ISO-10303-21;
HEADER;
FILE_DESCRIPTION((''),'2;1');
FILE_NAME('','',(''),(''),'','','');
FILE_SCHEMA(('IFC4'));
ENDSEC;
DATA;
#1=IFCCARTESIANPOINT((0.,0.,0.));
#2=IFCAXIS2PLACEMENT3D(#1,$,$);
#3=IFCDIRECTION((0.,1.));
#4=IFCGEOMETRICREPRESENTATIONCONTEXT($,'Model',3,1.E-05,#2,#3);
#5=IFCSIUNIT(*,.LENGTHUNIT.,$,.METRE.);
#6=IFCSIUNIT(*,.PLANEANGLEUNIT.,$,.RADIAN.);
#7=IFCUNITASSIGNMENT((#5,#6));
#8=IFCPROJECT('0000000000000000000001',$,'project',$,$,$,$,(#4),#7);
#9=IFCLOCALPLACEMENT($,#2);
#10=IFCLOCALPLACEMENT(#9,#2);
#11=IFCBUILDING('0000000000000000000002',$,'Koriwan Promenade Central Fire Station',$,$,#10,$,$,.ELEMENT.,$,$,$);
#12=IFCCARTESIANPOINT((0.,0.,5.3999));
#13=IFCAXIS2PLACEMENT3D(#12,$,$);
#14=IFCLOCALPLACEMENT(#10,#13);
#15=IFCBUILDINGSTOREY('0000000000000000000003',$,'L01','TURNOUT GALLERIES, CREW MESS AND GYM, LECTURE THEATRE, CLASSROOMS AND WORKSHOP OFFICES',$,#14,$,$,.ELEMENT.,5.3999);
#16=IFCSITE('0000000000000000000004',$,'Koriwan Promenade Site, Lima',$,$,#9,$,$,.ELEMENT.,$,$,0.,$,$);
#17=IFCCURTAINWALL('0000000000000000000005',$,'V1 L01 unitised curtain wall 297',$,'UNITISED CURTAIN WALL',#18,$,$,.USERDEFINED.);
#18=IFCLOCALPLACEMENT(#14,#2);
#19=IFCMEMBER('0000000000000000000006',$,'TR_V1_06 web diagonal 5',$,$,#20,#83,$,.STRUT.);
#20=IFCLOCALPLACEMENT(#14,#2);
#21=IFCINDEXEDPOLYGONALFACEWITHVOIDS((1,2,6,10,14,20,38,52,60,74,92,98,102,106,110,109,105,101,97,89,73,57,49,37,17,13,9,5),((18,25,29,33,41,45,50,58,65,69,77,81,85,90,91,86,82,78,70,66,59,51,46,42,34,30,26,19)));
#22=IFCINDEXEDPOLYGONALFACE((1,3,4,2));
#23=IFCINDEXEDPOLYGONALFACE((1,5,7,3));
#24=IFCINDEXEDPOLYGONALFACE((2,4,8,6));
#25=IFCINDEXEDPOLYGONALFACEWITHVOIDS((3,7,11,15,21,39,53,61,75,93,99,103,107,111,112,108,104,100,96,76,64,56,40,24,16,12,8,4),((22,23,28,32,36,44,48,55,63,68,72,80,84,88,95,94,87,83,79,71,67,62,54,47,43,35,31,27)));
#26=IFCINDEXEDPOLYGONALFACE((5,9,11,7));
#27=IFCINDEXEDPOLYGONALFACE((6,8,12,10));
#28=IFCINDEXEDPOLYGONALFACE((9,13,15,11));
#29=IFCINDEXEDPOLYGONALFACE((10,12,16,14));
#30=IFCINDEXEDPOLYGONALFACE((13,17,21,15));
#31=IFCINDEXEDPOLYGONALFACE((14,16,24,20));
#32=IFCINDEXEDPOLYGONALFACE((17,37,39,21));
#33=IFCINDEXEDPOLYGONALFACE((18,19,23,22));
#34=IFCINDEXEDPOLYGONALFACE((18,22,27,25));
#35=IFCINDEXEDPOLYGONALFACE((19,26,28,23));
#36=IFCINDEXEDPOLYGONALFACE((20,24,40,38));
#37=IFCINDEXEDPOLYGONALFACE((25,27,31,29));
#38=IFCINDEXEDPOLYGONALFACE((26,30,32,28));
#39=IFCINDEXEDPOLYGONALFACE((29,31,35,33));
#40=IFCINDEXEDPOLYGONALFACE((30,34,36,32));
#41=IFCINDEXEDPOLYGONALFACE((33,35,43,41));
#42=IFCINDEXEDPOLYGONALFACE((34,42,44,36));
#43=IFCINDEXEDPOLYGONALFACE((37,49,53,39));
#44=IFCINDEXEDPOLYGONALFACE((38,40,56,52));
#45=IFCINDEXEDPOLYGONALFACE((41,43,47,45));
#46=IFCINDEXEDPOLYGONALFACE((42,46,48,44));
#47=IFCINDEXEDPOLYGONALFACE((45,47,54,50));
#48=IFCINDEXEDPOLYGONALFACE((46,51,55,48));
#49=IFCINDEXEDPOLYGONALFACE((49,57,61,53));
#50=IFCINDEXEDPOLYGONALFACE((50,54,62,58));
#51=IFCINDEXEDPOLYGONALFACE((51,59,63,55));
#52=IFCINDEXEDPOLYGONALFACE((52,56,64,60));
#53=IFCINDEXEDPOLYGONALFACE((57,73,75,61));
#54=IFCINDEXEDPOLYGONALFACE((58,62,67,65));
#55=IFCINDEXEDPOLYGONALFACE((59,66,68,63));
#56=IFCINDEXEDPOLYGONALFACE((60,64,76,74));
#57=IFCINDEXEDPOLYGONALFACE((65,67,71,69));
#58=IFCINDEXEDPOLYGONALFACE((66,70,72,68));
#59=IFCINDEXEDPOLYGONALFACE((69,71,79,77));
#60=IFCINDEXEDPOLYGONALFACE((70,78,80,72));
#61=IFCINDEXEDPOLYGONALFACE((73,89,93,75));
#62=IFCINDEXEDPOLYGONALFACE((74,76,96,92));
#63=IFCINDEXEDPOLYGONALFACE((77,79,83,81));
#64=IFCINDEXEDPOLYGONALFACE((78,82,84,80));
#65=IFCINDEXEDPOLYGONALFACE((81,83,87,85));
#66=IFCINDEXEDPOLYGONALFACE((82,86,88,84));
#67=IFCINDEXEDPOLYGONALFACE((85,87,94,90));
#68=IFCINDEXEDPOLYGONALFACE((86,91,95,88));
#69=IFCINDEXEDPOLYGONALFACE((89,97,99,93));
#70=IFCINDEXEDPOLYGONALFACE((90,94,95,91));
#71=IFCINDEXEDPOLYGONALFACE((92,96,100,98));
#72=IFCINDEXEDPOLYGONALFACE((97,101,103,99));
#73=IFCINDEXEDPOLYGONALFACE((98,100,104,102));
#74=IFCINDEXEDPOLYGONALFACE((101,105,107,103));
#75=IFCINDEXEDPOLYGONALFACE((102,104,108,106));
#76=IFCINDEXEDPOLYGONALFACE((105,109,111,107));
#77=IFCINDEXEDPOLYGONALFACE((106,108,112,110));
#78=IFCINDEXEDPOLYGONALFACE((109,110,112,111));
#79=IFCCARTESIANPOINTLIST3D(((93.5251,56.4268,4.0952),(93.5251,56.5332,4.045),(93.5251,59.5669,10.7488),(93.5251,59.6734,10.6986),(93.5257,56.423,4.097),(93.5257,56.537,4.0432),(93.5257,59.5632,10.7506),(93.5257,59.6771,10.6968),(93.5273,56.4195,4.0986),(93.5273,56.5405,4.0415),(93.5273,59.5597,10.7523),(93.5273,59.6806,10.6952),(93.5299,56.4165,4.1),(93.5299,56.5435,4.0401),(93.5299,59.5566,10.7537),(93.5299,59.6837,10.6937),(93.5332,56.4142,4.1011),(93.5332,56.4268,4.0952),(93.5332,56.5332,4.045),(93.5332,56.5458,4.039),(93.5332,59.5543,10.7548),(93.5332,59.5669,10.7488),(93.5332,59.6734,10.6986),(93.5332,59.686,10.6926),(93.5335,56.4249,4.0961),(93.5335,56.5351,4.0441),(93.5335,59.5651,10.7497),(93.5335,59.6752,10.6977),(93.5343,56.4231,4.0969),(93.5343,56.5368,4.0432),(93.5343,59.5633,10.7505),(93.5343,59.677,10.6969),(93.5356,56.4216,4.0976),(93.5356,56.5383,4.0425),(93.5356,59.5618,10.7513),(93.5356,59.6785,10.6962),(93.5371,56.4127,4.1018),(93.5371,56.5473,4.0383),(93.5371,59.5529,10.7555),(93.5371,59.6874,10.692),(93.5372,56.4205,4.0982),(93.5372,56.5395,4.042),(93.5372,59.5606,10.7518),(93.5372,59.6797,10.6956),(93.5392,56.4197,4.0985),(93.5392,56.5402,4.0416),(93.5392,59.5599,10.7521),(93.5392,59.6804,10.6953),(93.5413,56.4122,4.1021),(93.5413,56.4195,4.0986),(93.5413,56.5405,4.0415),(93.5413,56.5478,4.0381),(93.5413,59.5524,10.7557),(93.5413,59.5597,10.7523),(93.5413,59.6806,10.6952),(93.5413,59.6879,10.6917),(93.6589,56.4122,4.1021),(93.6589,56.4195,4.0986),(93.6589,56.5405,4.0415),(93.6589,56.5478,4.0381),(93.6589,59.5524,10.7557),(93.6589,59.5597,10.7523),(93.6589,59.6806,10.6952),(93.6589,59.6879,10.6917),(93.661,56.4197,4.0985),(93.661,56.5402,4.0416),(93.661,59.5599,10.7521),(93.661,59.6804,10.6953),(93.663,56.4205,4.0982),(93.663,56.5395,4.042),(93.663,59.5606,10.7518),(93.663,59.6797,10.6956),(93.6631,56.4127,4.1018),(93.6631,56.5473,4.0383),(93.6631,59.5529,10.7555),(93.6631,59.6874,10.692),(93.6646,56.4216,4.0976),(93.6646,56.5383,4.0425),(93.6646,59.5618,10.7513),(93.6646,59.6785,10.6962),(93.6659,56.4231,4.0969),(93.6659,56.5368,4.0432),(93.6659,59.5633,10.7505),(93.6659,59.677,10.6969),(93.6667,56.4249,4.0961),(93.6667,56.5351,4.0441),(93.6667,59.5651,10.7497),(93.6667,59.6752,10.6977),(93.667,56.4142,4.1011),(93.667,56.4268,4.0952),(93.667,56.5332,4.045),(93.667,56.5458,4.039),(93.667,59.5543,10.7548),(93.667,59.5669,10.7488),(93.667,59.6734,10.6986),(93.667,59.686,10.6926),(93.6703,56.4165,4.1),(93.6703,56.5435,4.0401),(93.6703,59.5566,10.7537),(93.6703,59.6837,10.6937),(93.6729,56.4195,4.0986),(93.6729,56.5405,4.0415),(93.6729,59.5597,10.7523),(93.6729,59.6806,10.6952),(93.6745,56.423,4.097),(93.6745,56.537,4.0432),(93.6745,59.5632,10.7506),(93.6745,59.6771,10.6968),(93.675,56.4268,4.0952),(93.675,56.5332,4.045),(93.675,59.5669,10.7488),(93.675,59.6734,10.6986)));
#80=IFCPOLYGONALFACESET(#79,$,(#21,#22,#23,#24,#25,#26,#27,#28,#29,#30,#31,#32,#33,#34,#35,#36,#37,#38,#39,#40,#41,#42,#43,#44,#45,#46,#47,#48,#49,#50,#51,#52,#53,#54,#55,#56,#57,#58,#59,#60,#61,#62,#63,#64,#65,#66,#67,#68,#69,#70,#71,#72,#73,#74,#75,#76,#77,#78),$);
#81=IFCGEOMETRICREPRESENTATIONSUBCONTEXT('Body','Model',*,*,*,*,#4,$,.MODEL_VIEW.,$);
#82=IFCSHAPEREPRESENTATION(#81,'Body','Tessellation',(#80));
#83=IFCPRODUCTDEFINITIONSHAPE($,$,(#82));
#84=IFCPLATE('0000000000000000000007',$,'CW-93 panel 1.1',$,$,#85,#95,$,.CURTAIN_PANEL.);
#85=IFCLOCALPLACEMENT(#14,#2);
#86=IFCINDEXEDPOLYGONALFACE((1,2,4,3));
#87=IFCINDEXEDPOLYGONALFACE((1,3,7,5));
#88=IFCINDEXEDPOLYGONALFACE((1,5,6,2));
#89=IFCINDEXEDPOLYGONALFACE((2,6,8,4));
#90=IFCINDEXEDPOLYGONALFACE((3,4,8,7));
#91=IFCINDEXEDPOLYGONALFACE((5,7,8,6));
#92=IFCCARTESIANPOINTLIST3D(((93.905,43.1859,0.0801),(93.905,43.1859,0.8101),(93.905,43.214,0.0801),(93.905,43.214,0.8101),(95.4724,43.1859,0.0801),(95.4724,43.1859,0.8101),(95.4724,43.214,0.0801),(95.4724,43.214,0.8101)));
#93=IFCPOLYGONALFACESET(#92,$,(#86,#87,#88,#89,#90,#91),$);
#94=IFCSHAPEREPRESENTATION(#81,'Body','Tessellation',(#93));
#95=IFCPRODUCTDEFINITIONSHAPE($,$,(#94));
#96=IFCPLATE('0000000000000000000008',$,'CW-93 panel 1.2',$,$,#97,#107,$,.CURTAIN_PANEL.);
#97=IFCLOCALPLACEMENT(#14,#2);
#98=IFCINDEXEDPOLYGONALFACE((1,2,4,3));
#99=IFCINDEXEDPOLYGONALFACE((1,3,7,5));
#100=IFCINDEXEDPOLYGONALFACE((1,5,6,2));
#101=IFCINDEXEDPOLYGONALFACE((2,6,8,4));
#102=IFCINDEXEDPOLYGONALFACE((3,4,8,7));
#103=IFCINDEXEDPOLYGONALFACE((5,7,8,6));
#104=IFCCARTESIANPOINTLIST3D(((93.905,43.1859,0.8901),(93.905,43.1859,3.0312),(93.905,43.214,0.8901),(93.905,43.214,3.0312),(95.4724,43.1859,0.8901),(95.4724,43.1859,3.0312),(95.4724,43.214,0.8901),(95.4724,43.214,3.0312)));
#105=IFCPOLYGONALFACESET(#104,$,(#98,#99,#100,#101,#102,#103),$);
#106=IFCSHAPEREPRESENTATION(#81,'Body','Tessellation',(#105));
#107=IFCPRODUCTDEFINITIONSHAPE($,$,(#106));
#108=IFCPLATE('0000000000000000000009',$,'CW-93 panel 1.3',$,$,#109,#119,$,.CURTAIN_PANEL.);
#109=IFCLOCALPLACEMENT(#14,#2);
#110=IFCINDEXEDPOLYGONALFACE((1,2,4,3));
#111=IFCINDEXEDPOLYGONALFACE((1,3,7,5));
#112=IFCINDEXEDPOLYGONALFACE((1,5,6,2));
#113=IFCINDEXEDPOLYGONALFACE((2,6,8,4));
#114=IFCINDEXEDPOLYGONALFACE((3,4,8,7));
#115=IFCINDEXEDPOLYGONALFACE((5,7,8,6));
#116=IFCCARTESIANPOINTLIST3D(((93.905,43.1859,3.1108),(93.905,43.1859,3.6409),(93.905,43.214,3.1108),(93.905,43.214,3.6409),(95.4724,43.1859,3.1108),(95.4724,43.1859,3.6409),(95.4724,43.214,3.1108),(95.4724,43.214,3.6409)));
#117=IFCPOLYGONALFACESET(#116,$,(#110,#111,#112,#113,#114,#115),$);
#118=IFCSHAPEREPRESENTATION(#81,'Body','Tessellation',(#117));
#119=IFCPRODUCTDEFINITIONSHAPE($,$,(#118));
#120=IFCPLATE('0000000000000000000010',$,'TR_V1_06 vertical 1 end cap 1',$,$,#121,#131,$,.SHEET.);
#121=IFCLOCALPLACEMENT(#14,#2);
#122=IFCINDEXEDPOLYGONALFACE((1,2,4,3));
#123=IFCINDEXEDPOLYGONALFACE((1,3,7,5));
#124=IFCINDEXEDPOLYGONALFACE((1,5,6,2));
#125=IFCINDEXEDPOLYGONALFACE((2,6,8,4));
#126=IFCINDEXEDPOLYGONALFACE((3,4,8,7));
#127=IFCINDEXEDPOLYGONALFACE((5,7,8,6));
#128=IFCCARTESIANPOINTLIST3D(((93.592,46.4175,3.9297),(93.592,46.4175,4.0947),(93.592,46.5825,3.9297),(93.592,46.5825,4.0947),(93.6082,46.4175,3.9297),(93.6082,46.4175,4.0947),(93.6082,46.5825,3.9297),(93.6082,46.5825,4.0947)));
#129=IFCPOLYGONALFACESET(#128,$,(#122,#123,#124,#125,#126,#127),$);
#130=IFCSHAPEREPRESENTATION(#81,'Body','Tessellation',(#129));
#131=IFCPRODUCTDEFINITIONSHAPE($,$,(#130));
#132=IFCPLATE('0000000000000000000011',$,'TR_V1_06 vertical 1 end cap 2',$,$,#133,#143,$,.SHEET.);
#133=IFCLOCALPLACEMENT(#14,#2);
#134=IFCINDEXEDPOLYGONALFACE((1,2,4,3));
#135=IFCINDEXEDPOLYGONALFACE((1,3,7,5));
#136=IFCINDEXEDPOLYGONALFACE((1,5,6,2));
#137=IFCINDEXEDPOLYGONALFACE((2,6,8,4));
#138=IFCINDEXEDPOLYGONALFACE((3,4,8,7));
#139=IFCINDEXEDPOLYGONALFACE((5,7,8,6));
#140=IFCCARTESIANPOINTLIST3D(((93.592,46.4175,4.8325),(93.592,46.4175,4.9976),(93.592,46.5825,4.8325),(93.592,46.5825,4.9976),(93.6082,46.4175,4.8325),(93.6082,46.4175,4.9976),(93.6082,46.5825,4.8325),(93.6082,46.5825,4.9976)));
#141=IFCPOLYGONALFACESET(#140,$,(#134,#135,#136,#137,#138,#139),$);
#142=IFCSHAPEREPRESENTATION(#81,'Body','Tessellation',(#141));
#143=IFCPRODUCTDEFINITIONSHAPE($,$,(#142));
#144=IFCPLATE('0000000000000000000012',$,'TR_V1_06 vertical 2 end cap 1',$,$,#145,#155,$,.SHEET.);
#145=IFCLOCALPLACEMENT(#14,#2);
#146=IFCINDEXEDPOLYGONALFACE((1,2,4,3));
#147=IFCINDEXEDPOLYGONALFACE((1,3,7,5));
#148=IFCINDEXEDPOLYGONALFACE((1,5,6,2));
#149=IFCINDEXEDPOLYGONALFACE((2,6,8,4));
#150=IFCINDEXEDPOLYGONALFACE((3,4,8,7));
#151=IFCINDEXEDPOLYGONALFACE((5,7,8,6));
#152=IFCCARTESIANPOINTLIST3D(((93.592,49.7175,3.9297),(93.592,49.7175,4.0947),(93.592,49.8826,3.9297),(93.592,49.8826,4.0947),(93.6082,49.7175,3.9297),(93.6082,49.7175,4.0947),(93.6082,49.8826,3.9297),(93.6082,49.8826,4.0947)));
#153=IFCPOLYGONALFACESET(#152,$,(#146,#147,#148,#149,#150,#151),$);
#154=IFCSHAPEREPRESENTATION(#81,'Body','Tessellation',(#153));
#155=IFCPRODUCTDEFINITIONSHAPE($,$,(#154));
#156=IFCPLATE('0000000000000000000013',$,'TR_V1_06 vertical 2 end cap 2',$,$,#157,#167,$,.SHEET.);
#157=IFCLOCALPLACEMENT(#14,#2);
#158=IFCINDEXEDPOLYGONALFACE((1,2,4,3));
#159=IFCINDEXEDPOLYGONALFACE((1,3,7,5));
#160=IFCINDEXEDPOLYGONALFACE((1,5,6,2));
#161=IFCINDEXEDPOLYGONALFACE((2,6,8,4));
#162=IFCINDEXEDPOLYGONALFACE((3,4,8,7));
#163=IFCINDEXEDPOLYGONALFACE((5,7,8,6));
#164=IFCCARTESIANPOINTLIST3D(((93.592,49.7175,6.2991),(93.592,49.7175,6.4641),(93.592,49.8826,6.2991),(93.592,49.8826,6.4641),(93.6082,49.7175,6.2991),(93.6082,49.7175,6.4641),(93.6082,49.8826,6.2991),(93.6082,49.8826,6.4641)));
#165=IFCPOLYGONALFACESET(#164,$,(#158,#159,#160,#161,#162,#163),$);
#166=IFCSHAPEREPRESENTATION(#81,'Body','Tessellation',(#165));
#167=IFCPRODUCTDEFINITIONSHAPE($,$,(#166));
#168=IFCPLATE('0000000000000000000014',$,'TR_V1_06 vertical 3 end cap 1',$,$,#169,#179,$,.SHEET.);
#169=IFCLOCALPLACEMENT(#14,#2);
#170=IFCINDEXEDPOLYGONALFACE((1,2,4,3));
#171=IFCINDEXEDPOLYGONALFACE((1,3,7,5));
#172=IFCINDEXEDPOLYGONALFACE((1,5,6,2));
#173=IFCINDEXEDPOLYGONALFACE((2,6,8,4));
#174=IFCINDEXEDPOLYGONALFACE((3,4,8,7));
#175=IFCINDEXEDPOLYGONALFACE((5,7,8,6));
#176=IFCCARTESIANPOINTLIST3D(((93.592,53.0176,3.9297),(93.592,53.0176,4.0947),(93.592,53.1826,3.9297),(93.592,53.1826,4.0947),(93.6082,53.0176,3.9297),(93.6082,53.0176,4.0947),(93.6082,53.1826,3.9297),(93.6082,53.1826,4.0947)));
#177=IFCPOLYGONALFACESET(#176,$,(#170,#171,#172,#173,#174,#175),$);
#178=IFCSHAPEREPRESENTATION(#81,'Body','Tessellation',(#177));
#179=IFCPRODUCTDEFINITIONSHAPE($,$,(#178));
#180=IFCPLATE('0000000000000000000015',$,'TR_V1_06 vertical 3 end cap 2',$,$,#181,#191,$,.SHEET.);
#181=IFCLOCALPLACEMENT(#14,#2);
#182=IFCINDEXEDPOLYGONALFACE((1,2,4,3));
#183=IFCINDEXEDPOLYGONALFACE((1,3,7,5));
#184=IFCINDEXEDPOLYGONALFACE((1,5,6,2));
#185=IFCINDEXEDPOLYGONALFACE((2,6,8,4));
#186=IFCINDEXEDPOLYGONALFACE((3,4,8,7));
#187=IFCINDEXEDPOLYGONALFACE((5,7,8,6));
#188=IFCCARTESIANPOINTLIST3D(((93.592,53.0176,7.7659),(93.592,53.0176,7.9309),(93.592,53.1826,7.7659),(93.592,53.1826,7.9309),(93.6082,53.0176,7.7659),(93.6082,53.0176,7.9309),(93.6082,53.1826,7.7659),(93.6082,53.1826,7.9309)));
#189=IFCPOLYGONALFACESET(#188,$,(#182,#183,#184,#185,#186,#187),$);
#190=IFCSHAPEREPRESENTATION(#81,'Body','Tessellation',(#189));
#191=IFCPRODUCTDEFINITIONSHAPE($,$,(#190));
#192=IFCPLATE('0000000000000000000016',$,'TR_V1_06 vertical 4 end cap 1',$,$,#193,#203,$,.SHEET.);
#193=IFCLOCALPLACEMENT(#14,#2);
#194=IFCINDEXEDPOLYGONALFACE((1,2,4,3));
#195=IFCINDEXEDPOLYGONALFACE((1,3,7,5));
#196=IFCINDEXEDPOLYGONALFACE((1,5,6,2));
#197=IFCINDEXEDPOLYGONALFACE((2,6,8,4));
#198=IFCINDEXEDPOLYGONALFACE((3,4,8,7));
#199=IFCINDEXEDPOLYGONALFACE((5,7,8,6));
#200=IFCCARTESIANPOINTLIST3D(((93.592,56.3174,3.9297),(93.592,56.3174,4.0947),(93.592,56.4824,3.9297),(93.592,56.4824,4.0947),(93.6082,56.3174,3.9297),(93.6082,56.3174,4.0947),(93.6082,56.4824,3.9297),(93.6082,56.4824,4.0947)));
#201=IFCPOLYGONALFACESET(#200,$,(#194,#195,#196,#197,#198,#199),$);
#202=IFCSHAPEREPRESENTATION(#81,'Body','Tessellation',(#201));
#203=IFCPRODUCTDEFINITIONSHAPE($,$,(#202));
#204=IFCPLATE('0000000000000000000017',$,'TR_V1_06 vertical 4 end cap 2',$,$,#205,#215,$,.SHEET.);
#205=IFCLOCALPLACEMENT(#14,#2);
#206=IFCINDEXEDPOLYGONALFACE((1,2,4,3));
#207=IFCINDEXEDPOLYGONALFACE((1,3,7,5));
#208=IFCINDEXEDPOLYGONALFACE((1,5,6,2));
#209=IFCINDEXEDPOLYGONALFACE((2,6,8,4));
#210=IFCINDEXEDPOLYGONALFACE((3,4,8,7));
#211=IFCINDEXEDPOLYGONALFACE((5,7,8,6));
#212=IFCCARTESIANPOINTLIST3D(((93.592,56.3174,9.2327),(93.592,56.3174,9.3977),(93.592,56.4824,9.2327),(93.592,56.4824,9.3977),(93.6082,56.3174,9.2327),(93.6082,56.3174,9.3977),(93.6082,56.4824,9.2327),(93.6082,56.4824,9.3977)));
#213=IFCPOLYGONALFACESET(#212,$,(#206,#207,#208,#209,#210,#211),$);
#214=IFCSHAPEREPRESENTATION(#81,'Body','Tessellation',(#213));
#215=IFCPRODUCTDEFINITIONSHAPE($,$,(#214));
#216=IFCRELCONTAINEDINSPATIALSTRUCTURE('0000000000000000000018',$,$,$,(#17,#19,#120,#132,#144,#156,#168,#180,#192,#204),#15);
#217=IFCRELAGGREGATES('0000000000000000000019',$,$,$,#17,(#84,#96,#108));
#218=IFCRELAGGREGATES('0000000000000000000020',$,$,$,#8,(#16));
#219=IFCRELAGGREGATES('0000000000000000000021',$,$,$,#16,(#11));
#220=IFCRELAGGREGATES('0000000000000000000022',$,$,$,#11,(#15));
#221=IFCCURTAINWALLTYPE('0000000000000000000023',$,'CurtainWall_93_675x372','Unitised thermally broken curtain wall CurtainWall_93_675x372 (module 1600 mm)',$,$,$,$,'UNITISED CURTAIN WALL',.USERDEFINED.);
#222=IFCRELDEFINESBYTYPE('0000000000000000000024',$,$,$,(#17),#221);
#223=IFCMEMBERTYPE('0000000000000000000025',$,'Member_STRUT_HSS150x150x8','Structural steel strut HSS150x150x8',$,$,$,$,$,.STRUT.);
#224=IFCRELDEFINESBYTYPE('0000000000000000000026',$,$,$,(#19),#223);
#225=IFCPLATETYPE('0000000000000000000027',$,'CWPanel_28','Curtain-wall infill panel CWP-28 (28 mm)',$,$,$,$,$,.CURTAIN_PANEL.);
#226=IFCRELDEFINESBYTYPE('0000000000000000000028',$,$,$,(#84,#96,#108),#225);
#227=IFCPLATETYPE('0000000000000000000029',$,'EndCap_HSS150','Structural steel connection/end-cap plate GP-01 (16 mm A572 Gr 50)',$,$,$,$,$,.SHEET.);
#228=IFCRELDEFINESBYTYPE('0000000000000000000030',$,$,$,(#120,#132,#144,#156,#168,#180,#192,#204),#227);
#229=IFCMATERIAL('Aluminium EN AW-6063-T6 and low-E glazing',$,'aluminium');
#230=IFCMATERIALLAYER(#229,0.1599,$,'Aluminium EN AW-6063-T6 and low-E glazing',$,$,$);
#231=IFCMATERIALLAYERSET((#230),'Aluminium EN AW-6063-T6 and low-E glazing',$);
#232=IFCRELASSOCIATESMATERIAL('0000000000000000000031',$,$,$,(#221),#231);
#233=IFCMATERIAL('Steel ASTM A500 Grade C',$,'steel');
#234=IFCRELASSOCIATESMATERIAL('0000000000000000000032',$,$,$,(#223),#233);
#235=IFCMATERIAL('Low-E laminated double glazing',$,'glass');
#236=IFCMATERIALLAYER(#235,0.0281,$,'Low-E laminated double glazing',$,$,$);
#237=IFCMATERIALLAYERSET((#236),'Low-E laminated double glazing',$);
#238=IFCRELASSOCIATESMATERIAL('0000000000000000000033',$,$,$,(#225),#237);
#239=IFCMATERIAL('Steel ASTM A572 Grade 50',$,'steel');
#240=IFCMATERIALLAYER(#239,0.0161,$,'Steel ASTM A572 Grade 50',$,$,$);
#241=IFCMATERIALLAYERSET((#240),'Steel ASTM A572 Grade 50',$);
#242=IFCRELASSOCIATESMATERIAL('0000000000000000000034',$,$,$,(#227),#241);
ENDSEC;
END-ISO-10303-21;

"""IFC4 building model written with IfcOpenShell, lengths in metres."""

from ifc_helpers import new_model, si_unit, direction, frame, origin, origin_2d, place, context, subcontext, project, spatial, rectangle, hollow_rectangle, extrude, material, layer, layer_set, material_profile, profile_set, type_object, element, aggregate, save


model = new_model("IFC4")

# Units and contexts
model_context = context("Model", 3, precision=1e-05, world=origin(), true_north=direction((0.0, 1.0)))
body_context = subcontext(model_context, "Body", "Model", "MODEL_VIEW")
ifc_project = project(units=[si_unit("LENGTHUNIT", "METRE"), si_unit("PLANEANGLEUNIT", "RADIAN")], contexts=[model_context])

# Site, building, storey
site_placement = place(None, origin())
site = spatial("IfcSite", under=ifc_project, at=site_placement, Name="Koriwan Promenade Site, Lima", CompositionType="ELEMENT", RefElevation=0.0)
building_placement = place(site_placement, origin())
building = spatial("IfcBuilding", under=site, at=building_placement, Name="Koriwan Promenade Central Fire Station", CompositionType="ELEMENT")
storey_placement = place(building_placement, frame((0.0, 0.0, 5.3999)))
storey = spatial("IfcBuildingStorey", under=building, at=storey_placement, Name="L01", Description="TURNOUT GALLERIES, CREW MESS AND GYM, LECTURE THEATRE, CLASSROOMS AND WORKSHOP OFFICES", CompositionType="ELEMENT", Elevation=5.3999)

# Curtain wall
ifc_material_1 = material(Name="Aluminium EN AW-6063-T6 and low-E glazing", Category="aluminium")
ifc_layer_1 = layer(ifc_material_1, 0.1599, Name="Aluminium EN AW-6063-T6 and low-E glazing")
ifc_layer_set_1 = layer_set([ifc_layer_1], Name="Aluminium EN AW-6063-T6 and low-E glazing")
curtain_wall_type = type_object("IfcCurtainWallType", Name="CurtainWall_93_675x372", Description="Unitised thermally broken curtain wall CurtainWall_93_675x372 (module 1600 mm)", ElementType="UNITISED CURTAIN WALL", PredefinedType="USERDEFINED", material=ifc_layer_set_1)
curtain_wall_placement = place(storey_placement, origin())
curtain_wall = element("IfcCurtainWall", 1, at=curtain_wall_placement, inside=storey, type_object=curtain_wall_type, Name="V1 L01 unitised curtain wall 297", ObjectType="UNITISED CURTAIN WALL", PredefinedType="USERDEFINED")

# Member
ifc_material_2 = material(Name="Steel ASTM A500 Grade C", Category="steel")
ifc_material_profile_1 = material_profile(ifc_material_2, hollow_rectangle(XDim=0.1499, YDim=0.1499, WallThickness=0.0081, InnerFilletRadius=0.0081, OuterFilletRadius=0.0161, at=origin_2d()), Name="HSS150x150x8")
ifc_profile_set_1 = profile_set([ifc_material_profile_1], Name="Steel ASTM A500 Grade C")
member_type_1 = type_object("IfcMemberType", Name="Member_STRUT_HSS150x150x8", Description="Structural steel strut HSS150x150x8", PredefinedType="STRUT", material=ifc_profile_set_1)
member_1_placement = place(storey_placement, frame((93.6001, 56.48, 4.0701), z_axis=(0.0, 0.426804, 0.904344), x_axis=(-1.0, 0.0, 0.0)))
element("IfcMember", 2, at=member_1_placement, inside=storey, type_object=member_type_1, Name="TR_V1_06 web diagonal 5", PredefinedType="STRUT", context=body_context, shape_type="SweptSolid", body=[
    extrude(hollow_rectangle(XDim=0.1499, YDim=0.1499, WallThickness=0.0081, InnerFilletRadius=0.0081, OuterFilletRadius=0.0161, at=origin_2d()), origin(), (0.0, 0.0, 1.0), 7.3574),
])

# Plates
ifc_material_3 = material(Name="Low-E laminated double glazing", Category="glass")
ifc_layer_2 = layer(ifc_material_3, 0.0281, Name="Low-E laminated double glazing")
ifc_layer_set_2 = layer_set([ifc_layer_2], Name="Low-E laminated double glazing")
plate_type_1 = type_object("IfcPlateType", Name="CWPanel_28", Description="Curtain-wall infill panel CWP-28 (28 mm)", PredefinedType="CURTAIN_PANEL", material=ifc_layer_set_2)
plate_1_placement = place(storey_placement, frame((94.6887, 43.2, 0.0801), z_axis=(0.0, 0.0, 1.0), x_axis=(1.0, 0.0, 0.0)))
plate_1 = element("IfcPlate", 3, at=plate_1_placement, type_object=plate_type_1, Name="CW-93 panel 1.1", PredefinedType="CURTAIN_PANEL", context=body_context, shape_type="SweptSolid", body=[
    extrude(rectangle(XDim=1.5674, YDim=0.0281, at=origin_2d()), origin(), (0.0, 0.0, 1.0), 0.73),
])
plate_2_placement = place(storey_placement, frame((94.6887, 43.2, 0.8901), z_axis=(0.0, 0.0, 1.0), x_axis=(1.0, 0.0, 0.0)))
plate_2 = element("IfcPlate", 4, at=plate_2_placement, type_object=plate_type_1, Name="CW-93 panel 1.2", PredefinedType="CURTAIN_PANEL", context=body_context, shape_type="SweptSolid", body=[
    extrude(rectangle(XDim=1.5674, YDim=0.0281, at=origin_2d()), origin(), (0.0, 0.0, 1.0), 2.1411),
])
plate_3_placement = place(storey_placement, frame((94.6887, 43.2, 3.1108), z_axis=(0.0, 0.0, 1.0), x_axis=(1.0, 0.0, 0.0)))
plate_3 = element("IfcPlate", 5, at=plate_3_placement, type_object=plate_type_1, Name="CW-93 panel 1.3", PredefinedType="CURTAIN_PANEL", context=body_context, shape_type="SweptSolid", body=[
    extrude(rectangle(XDim=1.5674, YDim=0.0281, at=origin_2d()), origin(), (0.0, 0.0, 1.0), 0.53),
])
aggregate(curtain_wall, [plate_1, plate_2, plate_3])

# Plates
ifc_material_4 = material(Name="Steel ASTM A572 Grade 50", Category="steel")
ifc_layer_3 = layer(ifc_material_4, 0.0161, Name="Steel ASTM A572 Grade 50")
ifc_layer_set_3 = layer_set([ifc_layer_3], Name="Steel ASTM A572 Grade 50")
plate_type_2 = type_object("IfcPlateType", Name="EndCap_HSS150", Description="Structural steel connection/end-cap plate GP-01 (16 mm A572 Gr 50)", PredefinedType="SHEET", material=ifc_layer_set_3)
for number, where, z_axis, x_axis, name in (
    (6, (93.6001, 46.5, 3.9297), (0.0, 0.0, 1.0), (1.0, 0.0, 0.0), "TR_V1_06 vertical 1 end cap 1"),
    (7, (93.6001, 46.5, 4.8325), (0.0, 0.0, 1.0), (1.0, 0.0, 0.0), "TR_V1_06 vertical 1 end cap 2"),
    (8, (93.6001, 49.8, 3.9297), (0.0, 0.0, 1.0), (1.0, 0.0, 0.0), "TR_V1_06 vertical 2 end cap 1"),
    (9, (93.6001, 49.8, 6.2991), (0.0, 0.0, 1.0), (1.0, 0.0, 0.0), "TR_V1_06 vertical 2 end cap 2"),
    (10, (93.6001, 53.1001, 3.9297), (0.0, 0.0, 1.0), (1.0, 0.0, 0.0), "TR_V1_06 vertical 3 end cap 1"),
    (11, (93.6001, 53.1001, 7.7659), (0.0, 0.0, 1.0), (1.0, 0.0, 0.0), "TR_V1_06 vertical 3 end cap 2"),
    (12, (93.6001, 56.3999, 3.9297), (0.0, 0.0, 1.0), (1.0, 0.0, 0.0), "TR_V1_06 vertical 4 end cap 1"),
    (13, (93.6001, 56.3999, 9.2327), (0.0, 0.0, 1.0), (1.0, 0.0, 0.0), "TR_V1_06 vertical 4 end cap 2"),
):
    element("IfcPlate", number, at=place(storey_placement, frame(where, z_axis=z_axis, x_axis=x_axis)), inside=storey, type_object=plate_type_2, Name=name, PredefinedType="SHEET", context=body_context, shape_type="SweptSolid", body=[
        extrude(rectangle(XDim=0.0161, YDim=0.165, at=origin_2d()), origin(), (0.0, 0.0, 1.0), 0.165),
    ])

save(model, "model.ifc")
